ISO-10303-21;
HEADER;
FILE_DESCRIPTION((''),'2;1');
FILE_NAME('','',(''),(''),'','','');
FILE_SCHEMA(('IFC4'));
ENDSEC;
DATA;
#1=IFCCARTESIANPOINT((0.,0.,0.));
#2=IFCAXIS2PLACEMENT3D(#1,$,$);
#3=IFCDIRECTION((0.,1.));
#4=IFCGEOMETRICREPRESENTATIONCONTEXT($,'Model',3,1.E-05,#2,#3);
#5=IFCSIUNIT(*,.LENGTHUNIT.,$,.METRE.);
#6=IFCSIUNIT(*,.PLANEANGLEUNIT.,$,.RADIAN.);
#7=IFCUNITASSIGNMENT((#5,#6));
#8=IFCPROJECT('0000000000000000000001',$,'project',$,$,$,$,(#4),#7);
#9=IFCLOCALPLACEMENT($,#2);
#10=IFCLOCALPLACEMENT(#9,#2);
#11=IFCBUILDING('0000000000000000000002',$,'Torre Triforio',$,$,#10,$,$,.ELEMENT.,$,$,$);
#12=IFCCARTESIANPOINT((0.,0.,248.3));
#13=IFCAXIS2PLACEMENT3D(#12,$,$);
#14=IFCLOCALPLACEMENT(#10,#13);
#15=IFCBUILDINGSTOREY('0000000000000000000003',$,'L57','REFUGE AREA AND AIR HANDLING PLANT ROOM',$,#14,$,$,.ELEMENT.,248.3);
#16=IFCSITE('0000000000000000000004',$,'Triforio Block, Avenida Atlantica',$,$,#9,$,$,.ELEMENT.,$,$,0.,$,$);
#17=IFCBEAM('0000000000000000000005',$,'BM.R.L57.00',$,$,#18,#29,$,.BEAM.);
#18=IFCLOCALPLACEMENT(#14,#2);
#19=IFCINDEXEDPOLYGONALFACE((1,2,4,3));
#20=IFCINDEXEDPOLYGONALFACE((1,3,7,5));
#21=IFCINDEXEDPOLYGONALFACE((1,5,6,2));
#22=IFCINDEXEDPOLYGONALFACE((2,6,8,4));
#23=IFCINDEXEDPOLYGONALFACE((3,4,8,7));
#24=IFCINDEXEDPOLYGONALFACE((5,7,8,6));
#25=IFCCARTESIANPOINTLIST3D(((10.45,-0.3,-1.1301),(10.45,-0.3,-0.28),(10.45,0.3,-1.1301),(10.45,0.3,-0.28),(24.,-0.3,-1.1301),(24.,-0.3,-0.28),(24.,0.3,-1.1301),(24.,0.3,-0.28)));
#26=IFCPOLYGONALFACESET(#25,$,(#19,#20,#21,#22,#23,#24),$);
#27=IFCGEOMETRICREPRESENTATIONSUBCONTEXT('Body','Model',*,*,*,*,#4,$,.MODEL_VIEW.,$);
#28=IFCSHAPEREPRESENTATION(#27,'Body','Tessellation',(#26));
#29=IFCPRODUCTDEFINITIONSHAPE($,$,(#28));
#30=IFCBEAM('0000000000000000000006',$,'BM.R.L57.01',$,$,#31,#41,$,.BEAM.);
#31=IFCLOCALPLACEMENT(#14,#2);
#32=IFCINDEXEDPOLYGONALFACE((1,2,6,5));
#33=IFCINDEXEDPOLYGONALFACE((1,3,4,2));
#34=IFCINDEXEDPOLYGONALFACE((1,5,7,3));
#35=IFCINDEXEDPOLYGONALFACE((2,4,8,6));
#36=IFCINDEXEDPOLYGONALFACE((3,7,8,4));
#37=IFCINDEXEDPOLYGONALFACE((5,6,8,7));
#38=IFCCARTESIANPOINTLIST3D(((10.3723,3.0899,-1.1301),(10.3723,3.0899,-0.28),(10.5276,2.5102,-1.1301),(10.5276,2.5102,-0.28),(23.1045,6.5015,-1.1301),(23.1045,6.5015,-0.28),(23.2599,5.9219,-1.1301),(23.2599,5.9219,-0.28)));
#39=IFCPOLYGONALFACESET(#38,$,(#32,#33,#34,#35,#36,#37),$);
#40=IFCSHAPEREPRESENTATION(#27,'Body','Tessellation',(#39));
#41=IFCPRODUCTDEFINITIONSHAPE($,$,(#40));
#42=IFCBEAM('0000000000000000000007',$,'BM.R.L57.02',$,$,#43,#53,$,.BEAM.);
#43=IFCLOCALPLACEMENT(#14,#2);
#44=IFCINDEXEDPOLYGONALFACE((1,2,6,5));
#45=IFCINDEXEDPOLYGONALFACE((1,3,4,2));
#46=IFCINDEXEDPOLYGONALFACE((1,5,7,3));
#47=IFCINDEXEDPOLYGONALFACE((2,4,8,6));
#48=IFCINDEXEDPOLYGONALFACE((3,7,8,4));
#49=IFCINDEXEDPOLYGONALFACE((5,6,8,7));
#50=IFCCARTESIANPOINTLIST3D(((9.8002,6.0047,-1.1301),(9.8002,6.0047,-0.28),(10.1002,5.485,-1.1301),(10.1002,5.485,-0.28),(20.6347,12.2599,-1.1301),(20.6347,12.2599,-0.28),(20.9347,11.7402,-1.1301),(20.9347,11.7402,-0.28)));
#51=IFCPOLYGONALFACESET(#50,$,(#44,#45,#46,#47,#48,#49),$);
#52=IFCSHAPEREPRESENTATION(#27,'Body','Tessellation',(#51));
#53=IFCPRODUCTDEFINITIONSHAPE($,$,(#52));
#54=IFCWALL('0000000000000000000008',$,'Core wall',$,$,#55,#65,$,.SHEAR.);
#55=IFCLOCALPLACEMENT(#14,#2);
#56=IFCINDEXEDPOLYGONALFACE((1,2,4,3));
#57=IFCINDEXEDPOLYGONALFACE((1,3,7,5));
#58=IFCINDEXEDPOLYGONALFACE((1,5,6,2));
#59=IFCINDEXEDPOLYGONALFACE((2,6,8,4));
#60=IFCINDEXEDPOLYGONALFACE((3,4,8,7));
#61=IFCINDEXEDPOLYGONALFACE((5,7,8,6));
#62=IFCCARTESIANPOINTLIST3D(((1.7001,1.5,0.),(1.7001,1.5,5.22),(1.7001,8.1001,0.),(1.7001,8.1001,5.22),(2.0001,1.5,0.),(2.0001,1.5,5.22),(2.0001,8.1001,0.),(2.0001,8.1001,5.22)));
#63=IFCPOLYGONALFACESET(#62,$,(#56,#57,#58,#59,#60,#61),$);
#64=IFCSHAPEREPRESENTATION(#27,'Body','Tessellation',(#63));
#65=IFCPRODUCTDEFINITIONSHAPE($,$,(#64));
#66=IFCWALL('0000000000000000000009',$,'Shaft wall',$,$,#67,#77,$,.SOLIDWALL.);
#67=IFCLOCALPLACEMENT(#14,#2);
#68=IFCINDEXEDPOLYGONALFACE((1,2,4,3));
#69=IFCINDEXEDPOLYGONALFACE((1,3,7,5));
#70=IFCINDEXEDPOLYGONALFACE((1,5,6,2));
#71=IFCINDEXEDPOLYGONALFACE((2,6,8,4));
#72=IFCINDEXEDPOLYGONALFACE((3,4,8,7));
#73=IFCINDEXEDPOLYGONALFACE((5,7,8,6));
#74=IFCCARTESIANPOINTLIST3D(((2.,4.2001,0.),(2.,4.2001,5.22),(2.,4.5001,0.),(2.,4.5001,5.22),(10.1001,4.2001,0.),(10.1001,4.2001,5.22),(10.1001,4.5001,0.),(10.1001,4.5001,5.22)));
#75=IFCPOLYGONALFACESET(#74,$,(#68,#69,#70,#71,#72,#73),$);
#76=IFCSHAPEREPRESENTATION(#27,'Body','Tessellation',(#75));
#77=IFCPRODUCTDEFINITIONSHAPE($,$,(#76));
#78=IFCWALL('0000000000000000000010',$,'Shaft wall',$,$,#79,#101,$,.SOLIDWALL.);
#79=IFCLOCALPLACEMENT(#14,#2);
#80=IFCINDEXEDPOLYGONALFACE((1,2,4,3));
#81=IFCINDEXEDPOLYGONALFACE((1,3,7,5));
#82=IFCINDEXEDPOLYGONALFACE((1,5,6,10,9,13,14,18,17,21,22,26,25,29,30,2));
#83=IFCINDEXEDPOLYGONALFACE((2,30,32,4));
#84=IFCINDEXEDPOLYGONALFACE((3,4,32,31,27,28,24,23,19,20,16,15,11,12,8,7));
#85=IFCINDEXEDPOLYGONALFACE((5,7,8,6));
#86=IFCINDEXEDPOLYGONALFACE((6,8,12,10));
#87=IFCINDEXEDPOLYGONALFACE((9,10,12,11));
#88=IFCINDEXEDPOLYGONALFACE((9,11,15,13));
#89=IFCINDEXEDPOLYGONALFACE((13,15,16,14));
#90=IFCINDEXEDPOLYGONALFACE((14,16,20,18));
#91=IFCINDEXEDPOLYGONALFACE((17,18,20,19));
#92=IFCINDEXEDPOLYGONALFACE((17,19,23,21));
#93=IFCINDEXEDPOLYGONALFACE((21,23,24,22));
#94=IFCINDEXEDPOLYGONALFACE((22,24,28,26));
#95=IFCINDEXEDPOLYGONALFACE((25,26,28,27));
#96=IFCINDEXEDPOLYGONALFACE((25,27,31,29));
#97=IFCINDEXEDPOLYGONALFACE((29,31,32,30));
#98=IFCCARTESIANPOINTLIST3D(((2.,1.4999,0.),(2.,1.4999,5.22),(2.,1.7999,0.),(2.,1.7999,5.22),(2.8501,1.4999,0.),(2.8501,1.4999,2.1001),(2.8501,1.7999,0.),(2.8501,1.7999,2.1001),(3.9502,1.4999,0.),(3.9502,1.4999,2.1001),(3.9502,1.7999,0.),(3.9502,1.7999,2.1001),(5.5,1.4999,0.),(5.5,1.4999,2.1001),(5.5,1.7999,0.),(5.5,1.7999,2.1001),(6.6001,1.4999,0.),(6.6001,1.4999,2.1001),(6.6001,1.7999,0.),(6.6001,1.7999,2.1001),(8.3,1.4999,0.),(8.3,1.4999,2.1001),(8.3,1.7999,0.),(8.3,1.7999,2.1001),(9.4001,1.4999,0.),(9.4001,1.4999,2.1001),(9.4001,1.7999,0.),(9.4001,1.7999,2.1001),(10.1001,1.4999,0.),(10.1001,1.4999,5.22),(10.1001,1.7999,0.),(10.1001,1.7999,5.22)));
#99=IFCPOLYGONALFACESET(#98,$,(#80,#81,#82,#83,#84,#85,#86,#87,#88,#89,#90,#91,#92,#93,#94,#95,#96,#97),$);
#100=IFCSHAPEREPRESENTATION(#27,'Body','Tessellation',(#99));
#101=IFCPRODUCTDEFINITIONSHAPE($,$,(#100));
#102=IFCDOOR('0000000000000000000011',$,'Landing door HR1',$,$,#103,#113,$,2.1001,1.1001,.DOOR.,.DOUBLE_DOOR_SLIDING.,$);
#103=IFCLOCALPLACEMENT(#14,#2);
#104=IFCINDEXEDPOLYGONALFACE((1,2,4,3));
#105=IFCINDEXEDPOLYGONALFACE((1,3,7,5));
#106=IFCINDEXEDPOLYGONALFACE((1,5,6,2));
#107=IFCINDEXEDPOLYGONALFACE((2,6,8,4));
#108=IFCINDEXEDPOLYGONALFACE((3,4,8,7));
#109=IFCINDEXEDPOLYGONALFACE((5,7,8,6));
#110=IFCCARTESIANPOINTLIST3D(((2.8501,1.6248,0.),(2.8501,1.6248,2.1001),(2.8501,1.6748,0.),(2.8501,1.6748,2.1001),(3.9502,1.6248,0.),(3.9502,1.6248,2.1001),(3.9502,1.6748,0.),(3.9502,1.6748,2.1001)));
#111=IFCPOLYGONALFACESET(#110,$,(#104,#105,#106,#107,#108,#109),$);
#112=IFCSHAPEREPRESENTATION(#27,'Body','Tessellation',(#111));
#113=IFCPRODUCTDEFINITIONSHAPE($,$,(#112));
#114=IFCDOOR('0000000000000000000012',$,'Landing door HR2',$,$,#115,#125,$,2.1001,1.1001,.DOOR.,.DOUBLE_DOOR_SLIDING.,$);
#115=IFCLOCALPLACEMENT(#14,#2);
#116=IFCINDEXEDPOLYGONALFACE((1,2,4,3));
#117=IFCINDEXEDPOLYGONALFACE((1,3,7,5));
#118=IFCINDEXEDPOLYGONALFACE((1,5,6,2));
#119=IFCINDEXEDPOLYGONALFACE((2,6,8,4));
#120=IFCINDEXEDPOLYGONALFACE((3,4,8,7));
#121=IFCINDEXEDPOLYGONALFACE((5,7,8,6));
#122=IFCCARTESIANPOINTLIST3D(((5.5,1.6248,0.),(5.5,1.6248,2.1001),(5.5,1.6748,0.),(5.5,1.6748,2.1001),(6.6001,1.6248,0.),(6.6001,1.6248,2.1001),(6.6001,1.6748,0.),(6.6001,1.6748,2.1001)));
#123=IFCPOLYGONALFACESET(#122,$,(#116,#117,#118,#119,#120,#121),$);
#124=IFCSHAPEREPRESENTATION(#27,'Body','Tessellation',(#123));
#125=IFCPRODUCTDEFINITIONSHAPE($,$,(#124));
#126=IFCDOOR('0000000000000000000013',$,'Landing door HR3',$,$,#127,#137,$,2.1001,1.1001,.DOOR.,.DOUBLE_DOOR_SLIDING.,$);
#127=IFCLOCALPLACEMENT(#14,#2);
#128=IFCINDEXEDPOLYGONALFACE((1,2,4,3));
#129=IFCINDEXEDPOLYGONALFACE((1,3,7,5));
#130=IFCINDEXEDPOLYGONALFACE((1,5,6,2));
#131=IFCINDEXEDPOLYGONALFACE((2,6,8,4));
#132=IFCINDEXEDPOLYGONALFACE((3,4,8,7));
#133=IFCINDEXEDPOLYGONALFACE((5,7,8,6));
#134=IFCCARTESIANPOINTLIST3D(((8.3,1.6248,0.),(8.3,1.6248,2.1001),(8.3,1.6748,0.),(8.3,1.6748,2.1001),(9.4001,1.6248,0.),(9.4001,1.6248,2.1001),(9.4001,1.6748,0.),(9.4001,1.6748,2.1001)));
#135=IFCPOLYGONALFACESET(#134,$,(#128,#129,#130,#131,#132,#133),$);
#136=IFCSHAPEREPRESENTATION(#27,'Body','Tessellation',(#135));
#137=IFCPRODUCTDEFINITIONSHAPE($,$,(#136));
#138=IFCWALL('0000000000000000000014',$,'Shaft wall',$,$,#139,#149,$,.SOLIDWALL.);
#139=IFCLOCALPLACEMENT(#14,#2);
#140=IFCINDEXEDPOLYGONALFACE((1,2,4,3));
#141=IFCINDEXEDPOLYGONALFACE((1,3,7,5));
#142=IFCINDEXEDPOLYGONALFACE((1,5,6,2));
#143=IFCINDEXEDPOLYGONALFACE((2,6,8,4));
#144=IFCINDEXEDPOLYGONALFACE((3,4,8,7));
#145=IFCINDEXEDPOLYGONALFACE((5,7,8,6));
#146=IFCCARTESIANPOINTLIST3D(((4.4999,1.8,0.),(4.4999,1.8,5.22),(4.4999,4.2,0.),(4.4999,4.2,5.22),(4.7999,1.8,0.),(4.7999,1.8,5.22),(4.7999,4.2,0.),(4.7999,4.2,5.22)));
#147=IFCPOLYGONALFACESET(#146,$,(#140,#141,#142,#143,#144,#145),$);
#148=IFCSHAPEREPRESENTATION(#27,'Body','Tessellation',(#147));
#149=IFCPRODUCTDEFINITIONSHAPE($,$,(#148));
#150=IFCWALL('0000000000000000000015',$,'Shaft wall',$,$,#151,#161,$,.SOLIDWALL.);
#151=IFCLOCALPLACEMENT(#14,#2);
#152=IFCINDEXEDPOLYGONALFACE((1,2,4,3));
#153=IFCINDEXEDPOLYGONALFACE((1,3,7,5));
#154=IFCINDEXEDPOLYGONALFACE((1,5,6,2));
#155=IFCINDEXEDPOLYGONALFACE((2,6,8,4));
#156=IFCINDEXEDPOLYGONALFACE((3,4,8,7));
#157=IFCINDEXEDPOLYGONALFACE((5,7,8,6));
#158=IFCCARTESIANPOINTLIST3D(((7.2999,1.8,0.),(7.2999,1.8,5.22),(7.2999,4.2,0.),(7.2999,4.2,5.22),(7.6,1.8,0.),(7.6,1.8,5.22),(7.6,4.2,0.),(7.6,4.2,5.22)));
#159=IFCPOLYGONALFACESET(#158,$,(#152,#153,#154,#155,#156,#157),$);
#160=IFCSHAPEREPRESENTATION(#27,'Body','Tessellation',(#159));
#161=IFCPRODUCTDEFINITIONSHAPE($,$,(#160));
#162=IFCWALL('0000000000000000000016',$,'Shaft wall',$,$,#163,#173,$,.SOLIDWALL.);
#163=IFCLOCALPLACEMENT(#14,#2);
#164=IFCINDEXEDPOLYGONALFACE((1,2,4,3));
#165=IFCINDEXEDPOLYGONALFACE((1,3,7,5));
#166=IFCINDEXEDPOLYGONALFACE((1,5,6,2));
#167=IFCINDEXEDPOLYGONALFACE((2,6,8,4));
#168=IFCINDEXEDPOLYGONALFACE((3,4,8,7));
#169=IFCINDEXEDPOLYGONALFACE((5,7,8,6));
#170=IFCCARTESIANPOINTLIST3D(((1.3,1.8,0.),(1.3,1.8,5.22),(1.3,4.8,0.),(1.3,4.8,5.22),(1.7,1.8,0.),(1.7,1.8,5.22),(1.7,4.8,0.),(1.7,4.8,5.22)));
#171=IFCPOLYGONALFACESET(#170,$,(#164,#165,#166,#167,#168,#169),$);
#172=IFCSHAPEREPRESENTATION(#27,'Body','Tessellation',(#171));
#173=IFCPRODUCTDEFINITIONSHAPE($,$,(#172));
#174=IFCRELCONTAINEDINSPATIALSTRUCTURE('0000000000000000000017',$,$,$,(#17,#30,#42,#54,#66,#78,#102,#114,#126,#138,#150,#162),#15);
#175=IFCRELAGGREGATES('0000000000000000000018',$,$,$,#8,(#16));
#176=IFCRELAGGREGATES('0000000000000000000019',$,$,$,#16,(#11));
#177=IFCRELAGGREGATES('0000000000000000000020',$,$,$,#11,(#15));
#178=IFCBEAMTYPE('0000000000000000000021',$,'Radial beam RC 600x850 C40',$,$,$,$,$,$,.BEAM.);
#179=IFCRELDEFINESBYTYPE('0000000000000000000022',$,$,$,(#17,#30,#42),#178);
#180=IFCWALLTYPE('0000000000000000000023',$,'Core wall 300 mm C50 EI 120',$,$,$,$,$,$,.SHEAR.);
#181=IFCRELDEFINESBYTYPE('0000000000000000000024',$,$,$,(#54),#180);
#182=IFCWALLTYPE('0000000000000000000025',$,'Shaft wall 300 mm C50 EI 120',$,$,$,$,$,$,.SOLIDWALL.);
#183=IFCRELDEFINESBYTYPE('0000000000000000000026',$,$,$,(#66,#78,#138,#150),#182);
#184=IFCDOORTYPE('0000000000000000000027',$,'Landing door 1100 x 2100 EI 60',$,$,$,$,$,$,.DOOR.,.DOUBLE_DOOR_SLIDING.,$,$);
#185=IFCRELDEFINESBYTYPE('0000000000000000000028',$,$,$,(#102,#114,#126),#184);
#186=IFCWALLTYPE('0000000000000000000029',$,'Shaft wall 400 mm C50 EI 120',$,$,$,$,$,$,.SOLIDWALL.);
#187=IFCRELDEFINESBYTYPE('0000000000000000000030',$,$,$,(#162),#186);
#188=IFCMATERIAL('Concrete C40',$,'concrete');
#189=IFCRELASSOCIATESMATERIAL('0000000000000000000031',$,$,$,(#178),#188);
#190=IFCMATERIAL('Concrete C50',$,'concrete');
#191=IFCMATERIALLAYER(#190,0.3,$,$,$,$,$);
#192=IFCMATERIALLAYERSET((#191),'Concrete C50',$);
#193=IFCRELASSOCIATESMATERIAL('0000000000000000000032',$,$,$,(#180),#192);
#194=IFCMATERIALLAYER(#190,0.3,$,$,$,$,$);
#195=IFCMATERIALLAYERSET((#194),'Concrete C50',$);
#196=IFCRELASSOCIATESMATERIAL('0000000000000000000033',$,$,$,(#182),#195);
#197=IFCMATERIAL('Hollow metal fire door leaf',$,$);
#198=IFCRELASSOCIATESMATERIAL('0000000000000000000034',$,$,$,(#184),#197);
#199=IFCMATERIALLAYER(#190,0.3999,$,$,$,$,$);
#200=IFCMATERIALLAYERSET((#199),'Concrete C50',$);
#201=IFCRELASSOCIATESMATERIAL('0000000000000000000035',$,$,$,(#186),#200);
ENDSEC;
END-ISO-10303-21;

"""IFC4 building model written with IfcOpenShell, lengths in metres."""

from ifc_helpers import new_model, si_unit, direction, frame, frame_2d, origin, origin_2d, place, context, subcontext, project, spatial, rectangle, extrude, material, layer, layer_set, material_profile, profile_set, type_object, element, fill, save


model = new_model("IFC4")

# Units and contexts
model_context = context("Model", 3, precision=1e-05, world=origin(), true_north=direction((0.0, 1.0)))
body_context = subcontext(model_context, "Body", "Model", "MODEL_VIEW")
ifc_project = project(units=[si_unit("LENGTHUNIT", "METRE"), si_unit("PLANEANGLEUNIT", "RADIAN")], contexts=[model_context])

# Site, building, storey
site_placement = place(None, origin())
site = spatial("IfcSite", under=ifc_project, at=site_placement, Name="Triforio Block, Avenida Atlantica", CompositionType="ELEMENT", RefElevation=0.0)
building_placement = place(site_placement, origin())
building = spatial("IfcBuilding", under=site, at=building_placement, Name="Torre Triforio", CompositionType="ELEMENT")
storey_placement = place(building_placement, frame((0.0, 0.0, 248.3)))
storey = spatial("IfcBuildingStorey", under=building, at=storey_placement, Name="L57", Description="REFUGE AREA AND AIR HANDLING PLANT ROOM", CompositionType="ELEMENT", Elevation=248.3)

# Beams
ifc_material_1 = material(Name="Concrete C40", Category="concrete")
ifc_material_profile = material_profile(ifc_material_1, rectangle(XDim=0.6001, YDim=0.8501, at=origin_2d()), Name="RC 600x850")
ifc_profile_set = profile_set([ifc_material_profile], Name="Concrete C40")
beam_type = type_object("IfcBeamType", Name="Radial beam RC 600x850 C40", PredefinedType="BEAM", material=ifc_profile_set)
beam_1_placement = place(storey_placement, frame((10.45, 0.0, -0.7051), z_axis=(1.0, 0.0, 0.0), x_axis=(0.0, 1.0, 0.0)))
element("IfcBeam", 1, at=beam_1_placement, inside=storey, type_object=beam_type, Name="BM.R.L57.00", PredefinedType="BEAM", context=body_context, shape_type="SweptSolid", body=[
    extrude(rectangle(XDim=0.6001, YDim=0.8501, at=origin_2d()), origin(), (0.0, 0.0, 1.0), 13.55),
])
beam_2_placement = place(storey_placement, frame((10.45, 2.8, -0.7051), z_axis=(0.965925, 0.258822, 0.0), x_axis=(-0.258822, 0.965925, 0.0)))
element("IfcBeam", 2, at=beam_2_placement, inside=storey, type_object=beam_type, Name="BM.R.L57.01", PredefinedType="BEAM", context=body_context, shape_type="SweptSolid", body=[
    extrude(rectangle(XDim=0.6001, YDim=0.8501, at=origin_2d()), origin(), (0.0, 0.0, 1.0), 13.1814),
])
beam_3_placement = place(storey_placement, frame((9.9502, 5.7449, -0.7051), z_axis=(0.866031, 0.49999, 0.0), x_axis=(-0.49999, 0.866031, 0.0)))
element("IfcBeam", 3, at=beam_3_placement, inside=storey, type_object=beam_type, Name="BM.R.L57.02", PredefinedType="BEAM", context=body_context, shape_type="SweptSolid", body=[
    extrude(rectangle(XDim=0.6001, YDim=0.8501, at=origin_2d()), origin(), (0.0, 0.0, 1.0), 12.5105),
])

# Walls
ifc_material_2 = material(Name="Concrete C50", Category="concrete")
ifc_layer_1 = layer(ifc_material_2, 0.3)
ifc_layer_set_1 = layer_set([ifc_layer_1], Name="Concrete C50")
wall_type_1 = type_object("IfcWallType", Name="Core wall 300 mm C50 EI 120", PredefinedType="SHEAR", material=ifc_layer_set_1)
wall_1_placement = place(storey_placement, frame((1.8501, 1.5, 0.0), z_axis=(0.0, 0.0, 1.0), x_axis=(0.0, 1.0, 0.0)))
element("IfcWall", 4, at=wall_1_placement, inside=storey, type_object=wall_type_1, Name="Core wall", PredefinedType="SHEAR", context=body_context, shape_type="SweptSolid", body=[
    extrude(rectangle(XDim=6.6001, YDim=0.3, at=frame_2d((3.3, 0.0))), origin(), (0.0, 0.0, 1.0), 5.22),
])
ifc_layer_2 = layer(ifc_material_2, 0.3)
ifc_layer_set_2 = layer_set([ifc_layer_2], Name="Concrete C50")
wall_type_2 = type_object("IfcWallType", Name="Shaft wall 300 mm C50 EI 120", PredefinedType="SOLIDWALL", material=ifc_layer_set_2)
wall_2_placement = place(storey_placement, frame((2.0, 4.3501, 0.0), z_axis=(0.0, 0.0, 1.0), x_axis=(1.0, 0.0, 0.0)))
element("IfcWall", 5, at=wall_2_placement, inside=storey, type_object=wall_type_2, Name="Shaft wall", PredefinedType="SOLIDWALL", context=body_context, shape_type="SweptSolid", body=[
    extrude(rectangle(XDim=8.1001, YDim=0.3, at=frame_2d((4.05, 0.0))), origin(), (0.0, 0.0, 1.0), 5.22),
])

# Wall, openings, doors
wall_3_placement = place(storey_placement, frame((2.0, 1.6499, 0.0), z_axis=(0.0, 0.0, 1.0), x_axis=(1.0, 0.0, 0.0)))
wall_3 = element("IfcWall", 6, at=wall_3_placement, inside=storey, type_object=wall_type_2, Name="Shaft wall", PredefinedType="SOLIDWALL", context=body_context, shape_type="SweptSolid", body=[
    extrude(rectangle(XDim=8.1001, YDim=0.3, at=frame_2d((4.05, 0.0))), origin(), (0.0, 0.0, 1.0), 5.22),
])
opening_1_placement = place(wall_3_placement, frame((0.8501, 0.0, 0.0)))
opening_1 = element("IfcOpeningElement", 7, at=opening_1_placement, cuts=wall_3, PredefinedType="OPENING", context=body_context, shape_type="SweptSolid", body=[
    extrude(rectangle(XDim=1.1001, YDim=2.1001, at=frame_2d((0.55, 1.05))), frame((0.0, 0.1599, 0.0), z_axis=(0.0, -1.0, 0.0), x_axis=(1.0, 0.0, 0.0)), (0.0, 0.0, 1.0), 0.3201),
])
opening_2_placement = place(wall_3_placement, frame((3.5, 0.0, 0.0)))
opening_2 = element("IfcOpeningElement", 8, at=opening_2_placement, cuts=wall_3, PredefinedType="OPENING", context=body_context, shape_type="SweptSolid", body=[
    extrude(rectangle(XDim=1.1001, YDim=2.1001, at=frame_2d((0.55, 1.05))), frame((0.0, 0.1599, 0.0), z_axis=(0.0, -1.0, 0.0), x_axis=(1.0, 0.0, 0.0)), (0.0, 0.0, 1.0), 0.3201),
])
opening_3_placement = place(wall_3_placement, frame((6.3, 0.0, 0.0)))
opening_3 = element("IfcOpeningElement", 9, at=opening_3_placement, cuts=wall_3, PredefinedType="OPENING", context=body_context, shape_type="SweptSolid", body=[
    extrude(rectangle(XDim=1.1001, YDim=2.1001, at=frame_2d((0.55, 1.05))), frame((0.0, 0.1599, 0.0), z_axis=(0.0, -1.0, 0.0), x_axis=(1.0, 0.0, 0.0)), (0.0, 0.0, 1.0), 0.3201),
])
ifc_material_3 = material(Name="Hollow metal fire door leaf")
door_type_1 = type_object("IfcDoorType", Name="Landing door 1100 x 2100 EI 60", OperationType="DOUBLE_DOOR_SLIDING", PredefinedType="DOOR", material=ifc_material_3)
door_1_placement = place(opening_1_placement, origin())
door_1 = element("IfcDoor", 10, at=door_1_placement, inside=storey, type_object=door_type_1, Name="Landing door HR1", OperationType="DOUBLE_DOOR_SLIDING", OverallHeight=2.1001, OverallWidth=1.1001, PredefinedType="DOOR", context=body_context, shape_type="SweptSolid", body=[
    extrude(rectangle(XDim=1.1001, YDim=2.1001, at=frame_2d((0.55, 1.05))), frame((0.0, 0.0249, 0.0), z_axis=(0.0, -1.0, 0.0), x_axis=(1.0, 0.0, 0.0)), (0.0, 0.0, 1.0), 0.05),
])
fill(opening_1, door_1)
door_2_placement = place(opening_2_placement, origin())
door_2 = element("IfcDoor", 11, at=door_2_placement, inside=storey, type_object=door_type_1, Name="Landing door HR2", OperationType="DOUBLE_DOOR_SLIDING", OverallHeight=2.1001, OverallWidth=1.1001, PredefinedType="DOOR", context=body_context, shape_type="SweptSolid", body=[
    extrude(rectangle(XDim=1.1001, YDim=2.1001, at=frame_2d((0.55, 1.05))), frame((0.0, 0.0249, 0.0), z_axis=(0.0, -1.0, 0.0), x_axis=(1.0, 0.0, 0.0)), (0.0, 0.0, 1.0), 0.05),
])
fill(opening_2, door_2)
door_3_placement = place(opening_3_placement, origin())
door_3 = element("IfcDoor", 12, at=door_3_placement, inside=storey, type_object=door_type_1, Name="Landing door HR3", OperationType="DOUBLE_DOOR_SLIDING", OverallHeight=2.1001, OverallWidth=1.1001, PredefinedType="DOOR", context=body_context, shape_type="SweptSolid", body=[
    extrude(rectangle(XDim=1.1001, YDim=2.1001, at=frame_2d((0.55, 1.05))), frame((0.0, 0.0249, 0.0), z_axis=(0.0, -1.0, 0.0), x_axis=(1.0, 0.0, 0.0)), (0.0, 0.0, 1.0), 0.05),
])
fill(opening_3, door_3)

# Walls
for number, where, z_axis, x_axis, name in (
    (13, (4.6499, 1.8, 0.0), (0.0, 0.0, 1.0), (0.0, 1.0, 0.0), "Shaft wall"),
    (14, (7.45, 1.8, 0.0), (0.0, 0.0, 1.0), (0.0, 1.0, 0.0), "Shaft wall"),
):
    element("IfcWall", number, at=place(storey_placement, frame(where, z_axis=z_axis, x_axis=x_axis)), inside=storey, type_object=wall_type_2, Name=name, PredefinedType="SOLIDWALL", context=body_context, shape_type="SweptSolid", body=[
        extrude(rectangle(XDim=2.3999, YDim=0.3, at=frame_2d((1.2, 0.0))), origin(), (0.0, 0.0, 1.0), 5.22),
    ])
ifc_layer_3 = layer(ifc_material_2, 0.3999)
ifc_layer_set_3 = layer_set([ifc_layer_3], Name="Concrete C50")
wall_type_3 = type_object("IfcWallType", Name="Shaft wall 400 mm C50 EI 120", PredefinedType="SOLIDWALL", material=ifc_layer_set_3)
wall_4_placement = place(storey_placement, frame((1.5, 1.8, 0.0), z_axis=(0.0, 0.0, 1.0), x_axis=(0.0, 1.0, 0.0)))
element("IfcWall", 15, at=wall_4_placement, inside=storey, type_object=wall_type_3, Name="Shaft wall", PredefinedType="SOLIDWALL", context=body_context, shape_type="SweptSolid", body=[
    extrude(rectangle(XDim=3.0, YDim=0.3999, at=frame_2d((1.5, 0.0))), origin(), (0.0, 0.0, 1.0), 5.22),
])

save(model, "model.ifc")
